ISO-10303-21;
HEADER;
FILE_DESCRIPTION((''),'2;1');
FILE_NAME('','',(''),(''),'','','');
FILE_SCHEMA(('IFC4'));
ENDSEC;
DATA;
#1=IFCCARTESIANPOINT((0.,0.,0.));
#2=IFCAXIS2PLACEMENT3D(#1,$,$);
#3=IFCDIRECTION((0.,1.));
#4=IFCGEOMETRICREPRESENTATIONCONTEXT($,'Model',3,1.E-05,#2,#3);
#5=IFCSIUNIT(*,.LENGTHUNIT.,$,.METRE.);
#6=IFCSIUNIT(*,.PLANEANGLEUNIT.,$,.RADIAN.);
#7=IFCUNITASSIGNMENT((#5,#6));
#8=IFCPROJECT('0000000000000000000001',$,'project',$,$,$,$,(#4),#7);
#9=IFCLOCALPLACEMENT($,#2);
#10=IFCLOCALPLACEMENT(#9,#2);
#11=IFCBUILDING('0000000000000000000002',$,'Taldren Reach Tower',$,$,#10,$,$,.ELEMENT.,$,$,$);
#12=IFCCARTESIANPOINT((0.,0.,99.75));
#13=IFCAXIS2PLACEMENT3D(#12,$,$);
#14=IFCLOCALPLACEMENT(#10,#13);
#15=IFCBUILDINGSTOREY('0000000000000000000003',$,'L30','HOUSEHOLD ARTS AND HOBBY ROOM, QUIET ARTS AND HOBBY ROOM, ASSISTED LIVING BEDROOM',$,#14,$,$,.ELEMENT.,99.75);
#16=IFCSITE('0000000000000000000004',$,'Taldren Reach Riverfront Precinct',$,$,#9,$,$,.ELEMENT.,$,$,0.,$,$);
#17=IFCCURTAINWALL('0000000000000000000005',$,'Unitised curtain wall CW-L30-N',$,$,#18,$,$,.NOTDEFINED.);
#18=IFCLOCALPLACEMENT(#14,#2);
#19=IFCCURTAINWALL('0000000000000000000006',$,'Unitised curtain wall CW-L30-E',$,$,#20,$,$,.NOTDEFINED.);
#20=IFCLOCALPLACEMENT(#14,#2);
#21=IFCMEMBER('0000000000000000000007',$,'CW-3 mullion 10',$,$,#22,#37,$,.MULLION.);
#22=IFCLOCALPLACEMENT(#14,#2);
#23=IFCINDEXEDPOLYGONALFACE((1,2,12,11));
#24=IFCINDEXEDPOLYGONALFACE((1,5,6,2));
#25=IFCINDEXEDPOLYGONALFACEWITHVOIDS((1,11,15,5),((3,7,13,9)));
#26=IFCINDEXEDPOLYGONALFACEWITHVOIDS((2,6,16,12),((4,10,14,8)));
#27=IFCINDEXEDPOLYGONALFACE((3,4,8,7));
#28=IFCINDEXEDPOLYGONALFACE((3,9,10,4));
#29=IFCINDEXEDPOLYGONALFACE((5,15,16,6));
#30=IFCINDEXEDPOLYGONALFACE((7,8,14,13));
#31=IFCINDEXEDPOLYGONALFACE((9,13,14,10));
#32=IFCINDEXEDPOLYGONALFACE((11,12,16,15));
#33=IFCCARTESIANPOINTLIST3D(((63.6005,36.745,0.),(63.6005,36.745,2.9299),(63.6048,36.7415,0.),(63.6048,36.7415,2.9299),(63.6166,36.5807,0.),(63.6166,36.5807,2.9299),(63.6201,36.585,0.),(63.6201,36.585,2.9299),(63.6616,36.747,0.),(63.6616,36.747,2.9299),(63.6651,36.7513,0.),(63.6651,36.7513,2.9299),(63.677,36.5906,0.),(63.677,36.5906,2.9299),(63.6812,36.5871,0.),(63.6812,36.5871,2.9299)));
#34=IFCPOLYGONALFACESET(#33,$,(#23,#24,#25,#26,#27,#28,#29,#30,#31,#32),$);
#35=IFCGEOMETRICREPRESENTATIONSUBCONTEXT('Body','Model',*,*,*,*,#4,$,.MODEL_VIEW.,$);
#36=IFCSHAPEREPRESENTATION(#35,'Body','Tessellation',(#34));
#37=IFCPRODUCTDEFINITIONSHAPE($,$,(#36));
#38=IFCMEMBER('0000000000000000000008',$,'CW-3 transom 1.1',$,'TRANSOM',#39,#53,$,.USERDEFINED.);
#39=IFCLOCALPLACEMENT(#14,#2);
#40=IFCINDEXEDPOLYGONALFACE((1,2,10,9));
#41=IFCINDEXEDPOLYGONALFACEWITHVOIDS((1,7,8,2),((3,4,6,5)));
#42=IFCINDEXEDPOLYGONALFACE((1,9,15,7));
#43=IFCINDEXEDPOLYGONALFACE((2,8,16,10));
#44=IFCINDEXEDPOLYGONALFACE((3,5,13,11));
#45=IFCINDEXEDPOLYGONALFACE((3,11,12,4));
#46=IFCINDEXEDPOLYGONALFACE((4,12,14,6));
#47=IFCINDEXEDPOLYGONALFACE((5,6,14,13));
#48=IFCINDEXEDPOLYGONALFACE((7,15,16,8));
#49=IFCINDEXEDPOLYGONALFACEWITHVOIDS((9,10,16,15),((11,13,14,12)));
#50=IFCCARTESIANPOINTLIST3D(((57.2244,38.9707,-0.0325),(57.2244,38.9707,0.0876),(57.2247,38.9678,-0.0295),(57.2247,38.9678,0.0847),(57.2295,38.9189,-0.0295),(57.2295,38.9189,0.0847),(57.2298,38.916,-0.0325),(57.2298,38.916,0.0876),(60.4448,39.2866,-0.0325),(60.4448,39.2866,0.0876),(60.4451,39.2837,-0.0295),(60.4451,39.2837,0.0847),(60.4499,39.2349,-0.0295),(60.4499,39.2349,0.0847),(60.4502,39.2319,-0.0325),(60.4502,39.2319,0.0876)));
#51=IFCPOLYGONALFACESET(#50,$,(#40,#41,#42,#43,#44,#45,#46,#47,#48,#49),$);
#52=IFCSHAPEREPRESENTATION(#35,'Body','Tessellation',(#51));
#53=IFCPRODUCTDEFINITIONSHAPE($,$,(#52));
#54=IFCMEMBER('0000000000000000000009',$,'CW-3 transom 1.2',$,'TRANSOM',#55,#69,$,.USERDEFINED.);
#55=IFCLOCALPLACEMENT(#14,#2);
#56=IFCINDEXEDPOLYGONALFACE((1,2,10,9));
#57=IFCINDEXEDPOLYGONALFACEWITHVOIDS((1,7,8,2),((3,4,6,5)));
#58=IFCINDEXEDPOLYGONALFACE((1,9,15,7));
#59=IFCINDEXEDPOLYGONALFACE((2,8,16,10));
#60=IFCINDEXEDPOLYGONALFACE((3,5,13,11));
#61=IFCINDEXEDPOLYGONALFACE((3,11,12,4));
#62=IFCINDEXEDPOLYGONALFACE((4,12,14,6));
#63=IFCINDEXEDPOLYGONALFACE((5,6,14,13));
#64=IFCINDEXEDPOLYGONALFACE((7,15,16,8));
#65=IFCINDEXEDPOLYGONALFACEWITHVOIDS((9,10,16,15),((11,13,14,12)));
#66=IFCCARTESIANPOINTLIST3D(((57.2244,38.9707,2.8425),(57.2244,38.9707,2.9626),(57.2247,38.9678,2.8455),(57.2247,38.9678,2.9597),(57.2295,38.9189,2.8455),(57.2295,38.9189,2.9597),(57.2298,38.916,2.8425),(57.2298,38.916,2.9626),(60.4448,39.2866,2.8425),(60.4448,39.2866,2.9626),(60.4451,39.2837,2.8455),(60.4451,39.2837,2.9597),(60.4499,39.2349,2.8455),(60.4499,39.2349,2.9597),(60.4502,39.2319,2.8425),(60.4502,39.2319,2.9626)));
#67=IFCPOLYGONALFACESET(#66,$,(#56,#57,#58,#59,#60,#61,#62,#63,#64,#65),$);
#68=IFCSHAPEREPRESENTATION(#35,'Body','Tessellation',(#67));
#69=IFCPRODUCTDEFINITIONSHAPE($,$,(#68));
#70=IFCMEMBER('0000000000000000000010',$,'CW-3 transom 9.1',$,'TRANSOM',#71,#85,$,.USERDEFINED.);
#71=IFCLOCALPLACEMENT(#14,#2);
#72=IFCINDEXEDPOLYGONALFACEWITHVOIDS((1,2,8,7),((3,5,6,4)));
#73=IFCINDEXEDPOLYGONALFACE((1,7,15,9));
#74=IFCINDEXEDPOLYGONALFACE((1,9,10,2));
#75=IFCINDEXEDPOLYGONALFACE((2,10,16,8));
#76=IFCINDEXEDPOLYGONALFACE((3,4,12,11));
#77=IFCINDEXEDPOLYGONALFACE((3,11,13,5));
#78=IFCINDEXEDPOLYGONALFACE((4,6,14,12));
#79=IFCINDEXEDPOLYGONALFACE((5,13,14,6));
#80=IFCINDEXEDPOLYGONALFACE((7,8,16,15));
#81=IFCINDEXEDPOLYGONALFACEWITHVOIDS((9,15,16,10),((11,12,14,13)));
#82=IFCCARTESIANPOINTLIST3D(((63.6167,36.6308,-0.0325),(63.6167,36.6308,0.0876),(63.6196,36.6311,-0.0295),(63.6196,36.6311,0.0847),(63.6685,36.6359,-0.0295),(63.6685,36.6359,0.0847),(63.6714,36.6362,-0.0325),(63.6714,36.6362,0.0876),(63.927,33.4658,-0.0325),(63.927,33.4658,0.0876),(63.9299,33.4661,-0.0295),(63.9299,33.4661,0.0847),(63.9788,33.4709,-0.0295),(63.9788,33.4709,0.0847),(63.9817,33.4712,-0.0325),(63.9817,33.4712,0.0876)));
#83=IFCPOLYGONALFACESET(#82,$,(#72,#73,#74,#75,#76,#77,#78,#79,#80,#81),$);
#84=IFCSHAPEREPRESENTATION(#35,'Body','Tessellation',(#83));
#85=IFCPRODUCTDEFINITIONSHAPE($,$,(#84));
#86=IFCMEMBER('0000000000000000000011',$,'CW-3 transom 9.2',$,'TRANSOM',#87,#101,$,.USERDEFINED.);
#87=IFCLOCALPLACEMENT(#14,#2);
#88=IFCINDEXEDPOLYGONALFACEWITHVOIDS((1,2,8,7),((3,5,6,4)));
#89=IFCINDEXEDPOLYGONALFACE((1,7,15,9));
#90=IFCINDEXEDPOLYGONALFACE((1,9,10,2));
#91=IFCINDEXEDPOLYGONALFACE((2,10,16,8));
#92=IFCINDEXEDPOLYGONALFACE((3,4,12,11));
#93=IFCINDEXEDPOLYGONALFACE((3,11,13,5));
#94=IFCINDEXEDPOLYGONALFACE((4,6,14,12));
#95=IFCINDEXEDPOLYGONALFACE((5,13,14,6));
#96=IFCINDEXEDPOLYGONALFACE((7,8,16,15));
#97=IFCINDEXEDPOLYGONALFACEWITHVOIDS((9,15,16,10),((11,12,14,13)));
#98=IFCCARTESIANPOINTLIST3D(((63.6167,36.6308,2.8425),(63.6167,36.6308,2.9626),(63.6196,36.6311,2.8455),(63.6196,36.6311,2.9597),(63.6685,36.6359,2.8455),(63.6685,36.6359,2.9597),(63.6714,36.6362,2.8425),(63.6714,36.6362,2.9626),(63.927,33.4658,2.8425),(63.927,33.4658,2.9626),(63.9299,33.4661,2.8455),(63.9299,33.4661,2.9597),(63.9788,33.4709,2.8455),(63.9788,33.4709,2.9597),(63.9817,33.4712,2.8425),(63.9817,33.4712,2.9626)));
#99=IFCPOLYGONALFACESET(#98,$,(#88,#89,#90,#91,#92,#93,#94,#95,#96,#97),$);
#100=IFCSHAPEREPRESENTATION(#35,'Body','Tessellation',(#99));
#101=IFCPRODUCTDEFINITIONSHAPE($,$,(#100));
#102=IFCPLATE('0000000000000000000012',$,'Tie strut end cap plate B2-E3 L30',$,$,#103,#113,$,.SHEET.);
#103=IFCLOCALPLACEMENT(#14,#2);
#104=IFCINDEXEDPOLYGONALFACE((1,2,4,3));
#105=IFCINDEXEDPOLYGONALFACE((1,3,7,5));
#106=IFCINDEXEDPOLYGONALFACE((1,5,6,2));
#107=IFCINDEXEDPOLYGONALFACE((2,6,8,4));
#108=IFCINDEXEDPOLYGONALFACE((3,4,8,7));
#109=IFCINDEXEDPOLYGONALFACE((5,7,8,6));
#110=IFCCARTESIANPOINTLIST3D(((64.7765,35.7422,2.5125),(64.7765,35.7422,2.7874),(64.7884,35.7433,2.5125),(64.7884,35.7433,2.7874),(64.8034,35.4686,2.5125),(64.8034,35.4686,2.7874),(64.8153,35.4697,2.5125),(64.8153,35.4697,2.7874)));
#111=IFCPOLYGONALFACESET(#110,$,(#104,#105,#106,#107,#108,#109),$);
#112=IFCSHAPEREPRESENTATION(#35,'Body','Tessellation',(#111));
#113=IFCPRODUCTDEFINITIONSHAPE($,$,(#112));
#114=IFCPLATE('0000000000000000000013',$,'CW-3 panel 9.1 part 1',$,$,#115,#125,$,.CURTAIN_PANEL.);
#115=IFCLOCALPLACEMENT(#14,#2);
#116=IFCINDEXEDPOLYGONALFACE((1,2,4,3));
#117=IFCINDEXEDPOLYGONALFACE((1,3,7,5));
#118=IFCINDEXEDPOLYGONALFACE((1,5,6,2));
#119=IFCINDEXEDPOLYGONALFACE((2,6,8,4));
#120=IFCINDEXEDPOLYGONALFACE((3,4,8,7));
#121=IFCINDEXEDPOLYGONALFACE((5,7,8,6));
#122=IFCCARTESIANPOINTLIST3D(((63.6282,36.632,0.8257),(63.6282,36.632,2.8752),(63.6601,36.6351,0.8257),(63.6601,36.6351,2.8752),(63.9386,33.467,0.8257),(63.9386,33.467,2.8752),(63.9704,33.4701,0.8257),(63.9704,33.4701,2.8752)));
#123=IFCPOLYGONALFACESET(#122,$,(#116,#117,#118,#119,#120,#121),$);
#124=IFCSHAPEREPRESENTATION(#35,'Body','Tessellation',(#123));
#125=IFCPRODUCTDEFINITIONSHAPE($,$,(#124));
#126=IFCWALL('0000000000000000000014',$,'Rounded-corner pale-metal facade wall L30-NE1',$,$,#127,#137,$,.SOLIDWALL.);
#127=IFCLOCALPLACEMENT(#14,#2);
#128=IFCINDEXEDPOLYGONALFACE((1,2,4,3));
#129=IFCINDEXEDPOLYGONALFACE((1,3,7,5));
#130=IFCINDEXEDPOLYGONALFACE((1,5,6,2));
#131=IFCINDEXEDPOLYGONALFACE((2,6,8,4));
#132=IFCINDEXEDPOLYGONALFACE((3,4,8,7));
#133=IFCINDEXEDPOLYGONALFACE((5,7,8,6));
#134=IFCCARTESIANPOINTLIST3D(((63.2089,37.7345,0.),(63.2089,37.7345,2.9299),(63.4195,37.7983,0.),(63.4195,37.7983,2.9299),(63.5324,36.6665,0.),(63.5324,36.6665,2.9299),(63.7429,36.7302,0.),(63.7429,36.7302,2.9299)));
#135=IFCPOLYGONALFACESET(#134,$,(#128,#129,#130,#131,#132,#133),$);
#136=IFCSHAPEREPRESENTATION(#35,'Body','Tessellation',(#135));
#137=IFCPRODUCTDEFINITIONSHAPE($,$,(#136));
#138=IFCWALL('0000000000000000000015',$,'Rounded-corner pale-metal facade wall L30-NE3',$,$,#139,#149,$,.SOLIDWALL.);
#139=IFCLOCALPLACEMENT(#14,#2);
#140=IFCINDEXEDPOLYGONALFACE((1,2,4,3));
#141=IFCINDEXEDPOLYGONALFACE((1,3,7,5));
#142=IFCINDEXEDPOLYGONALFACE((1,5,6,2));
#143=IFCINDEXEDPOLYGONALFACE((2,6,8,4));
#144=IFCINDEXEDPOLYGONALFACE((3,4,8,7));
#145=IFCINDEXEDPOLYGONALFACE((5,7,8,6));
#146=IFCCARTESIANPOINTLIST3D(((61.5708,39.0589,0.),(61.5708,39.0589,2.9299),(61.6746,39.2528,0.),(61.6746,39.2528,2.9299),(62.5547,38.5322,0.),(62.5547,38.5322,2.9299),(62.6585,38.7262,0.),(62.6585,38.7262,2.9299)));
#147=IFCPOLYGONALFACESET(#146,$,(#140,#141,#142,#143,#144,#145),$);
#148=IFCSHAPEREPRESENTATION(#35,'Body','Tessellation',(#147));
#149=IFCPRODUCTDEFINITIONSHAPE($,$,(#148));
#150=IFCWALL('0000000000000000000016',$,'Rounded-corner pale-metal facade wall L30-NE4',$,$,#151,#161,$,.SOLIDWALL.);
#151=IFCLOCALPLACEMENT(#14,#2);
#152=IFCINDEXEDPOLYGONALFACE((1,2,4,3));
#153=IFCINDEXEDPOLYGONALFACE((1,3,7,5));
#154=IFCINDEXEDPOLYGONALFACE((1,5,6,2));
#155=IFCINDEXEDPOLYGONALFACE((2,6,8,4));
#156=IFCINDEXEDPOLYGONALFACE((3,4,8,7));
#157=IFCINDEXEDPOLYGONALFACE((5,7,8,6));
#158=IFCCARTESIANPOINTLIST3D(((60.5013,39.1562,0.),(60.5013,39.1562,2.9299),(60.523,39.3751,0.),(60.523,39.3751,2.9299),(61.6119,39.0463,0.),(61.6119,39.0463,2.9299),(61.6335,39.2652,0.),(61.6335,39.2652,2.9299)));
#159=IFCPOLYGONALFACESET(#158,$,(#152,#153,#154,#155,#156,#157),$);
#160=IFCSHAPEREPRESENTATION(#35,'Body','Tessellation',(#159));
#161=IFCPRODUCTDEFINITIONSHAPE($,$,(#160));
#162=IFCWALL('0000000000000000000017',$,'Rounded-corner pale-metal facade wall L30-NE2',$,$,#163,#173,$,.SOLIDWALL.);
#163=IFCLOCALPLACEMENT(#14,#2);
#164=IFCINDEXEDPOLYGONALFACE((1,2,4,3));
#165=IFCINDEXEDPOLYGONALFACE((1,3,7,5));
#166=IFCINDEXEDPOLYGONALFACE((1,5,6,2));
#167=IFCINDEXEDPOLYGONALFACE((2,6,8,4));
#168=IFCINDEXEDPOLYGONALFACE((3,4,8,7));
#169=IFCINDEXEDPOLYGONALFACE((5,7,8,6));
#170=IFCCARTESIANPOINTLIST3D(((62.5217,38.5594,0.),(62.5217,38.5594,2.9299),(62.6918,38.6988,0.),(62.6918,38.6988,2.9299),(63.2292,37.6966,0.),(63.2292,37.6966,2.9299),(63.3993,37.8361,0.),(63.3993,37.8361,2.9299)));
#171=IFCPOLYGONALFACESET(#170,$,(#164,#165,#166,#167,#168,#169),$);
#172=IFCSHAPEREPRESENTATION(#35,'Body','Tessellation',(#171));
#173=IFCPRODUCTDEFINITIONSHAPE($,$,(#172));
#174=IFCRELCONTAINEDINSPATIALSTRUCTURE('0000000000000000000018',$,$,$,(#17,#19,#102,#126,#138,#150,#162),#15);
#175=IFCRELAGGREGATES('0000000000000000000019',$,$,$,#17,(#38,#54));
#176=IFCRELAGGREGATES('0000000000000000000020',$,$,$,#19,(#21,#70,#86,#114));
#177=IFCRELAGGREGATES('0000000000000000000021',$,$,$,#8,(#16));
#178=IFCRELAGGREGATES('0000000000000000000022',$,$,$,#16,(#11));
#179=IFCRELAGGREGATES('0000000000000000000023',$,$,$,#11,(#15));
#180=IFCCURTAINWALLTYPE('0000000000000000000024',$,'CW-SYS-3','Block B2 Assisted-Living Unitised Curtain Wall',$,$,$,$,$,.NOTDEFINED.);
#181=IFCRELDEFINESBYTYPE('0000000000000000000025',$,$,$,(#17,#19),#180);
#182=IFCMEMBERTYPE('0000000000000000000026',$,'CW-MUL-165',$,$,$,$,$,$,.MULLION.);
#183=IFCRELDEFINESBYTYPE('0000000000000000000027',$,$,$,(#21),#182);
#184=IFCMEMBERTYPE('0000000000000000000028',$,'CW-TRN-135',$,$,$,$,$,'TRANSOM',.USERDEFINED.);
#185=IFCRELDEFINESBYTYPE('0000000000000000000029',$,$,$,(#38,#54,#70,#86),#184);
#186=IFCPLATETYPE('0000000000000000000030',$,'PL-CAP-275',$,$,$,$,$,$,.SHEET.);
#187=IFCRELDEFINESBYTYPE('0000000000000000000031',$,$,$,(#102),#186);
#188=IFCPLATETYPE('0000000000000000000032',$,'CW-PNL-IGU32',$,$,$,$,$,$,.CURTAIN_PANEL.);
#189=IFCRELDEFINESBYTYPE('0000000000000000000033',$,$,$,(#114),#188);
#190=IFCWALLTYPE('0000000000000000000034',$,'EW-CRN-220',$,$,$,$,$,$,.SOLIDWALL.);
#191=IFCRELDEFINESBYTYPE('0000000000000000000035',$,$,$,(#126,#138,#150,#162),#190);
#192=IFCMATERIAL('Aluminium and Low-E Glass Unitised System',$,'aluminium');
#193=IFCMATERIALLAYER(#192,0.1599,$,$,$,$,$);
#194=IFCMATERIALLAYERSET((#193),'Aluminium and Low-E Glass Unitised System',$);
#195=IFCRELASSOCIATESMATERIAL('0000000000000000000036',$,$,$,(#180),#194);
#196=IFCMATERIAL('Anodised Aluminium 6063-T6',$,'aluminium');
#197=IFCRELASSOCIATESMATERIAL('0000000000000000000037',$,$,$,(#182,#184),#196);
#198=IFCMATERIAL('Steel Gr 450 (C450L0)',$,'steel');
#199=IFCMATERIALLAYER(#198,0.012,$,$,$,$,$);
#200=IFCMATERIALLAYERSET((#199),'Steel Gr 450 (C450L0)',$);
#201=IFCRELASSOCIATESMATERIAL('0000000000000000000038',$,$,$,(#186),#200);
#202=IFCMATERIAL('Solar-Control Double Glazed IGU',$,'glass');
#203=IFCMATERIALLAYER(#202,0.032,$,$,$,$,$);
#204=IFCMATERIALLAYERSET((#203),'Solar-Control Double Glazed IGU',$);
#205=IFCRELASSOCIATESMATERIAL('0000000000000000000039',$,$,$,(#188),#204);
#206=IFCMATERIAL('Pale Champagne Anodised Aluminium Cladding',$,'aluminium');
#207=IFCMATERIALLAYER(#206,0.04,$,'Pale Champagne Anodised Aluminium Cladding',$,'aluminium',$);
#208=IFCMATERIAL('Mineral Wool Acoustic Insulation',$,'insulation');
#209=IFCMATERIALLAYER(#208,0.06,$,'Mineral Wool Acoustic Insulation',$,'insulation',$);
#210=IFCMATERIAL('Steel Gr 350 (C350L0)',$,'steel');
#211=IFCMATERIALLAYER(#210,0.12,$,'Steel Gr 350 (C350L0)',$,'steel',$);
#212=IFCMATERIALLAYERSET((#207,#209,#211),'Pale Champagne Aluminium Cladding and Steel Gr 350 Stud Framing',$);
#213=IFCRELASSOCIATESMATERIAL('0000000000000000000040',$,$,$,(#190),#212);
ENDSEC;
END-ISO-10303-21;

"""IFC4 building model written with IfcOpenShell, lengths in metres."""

from ifc_helpers import new_model, si_unit, direction, frame, frame_2d, origin, origin_2d, place, context, subcontext, project, spatial, rectangle, hollow_rectangle, extrude, source, transform, mapped, material, layer, layer_set, material_profile, profile_set, type_object, element, aggregate, save


model = new_model("IFC4")

# Units and contexts
model_context = context("Model", 3, precision=1e-05, world=origin(), true_north=direction((0.0, 1.0)))
body_context = subcontext(model_context, "Body", "Model", "MODEL_VIEW")
ifc_project = project(units=[si_unit("LENGTHUNIT", "METRE"), si_unit("PLANEANGLEUNIT", "RADIAN")], contexts=[model_context])

# Site, building, storey
site_placement = place(None, origin())
site = spatial("IfcSite", under=ifc_project, at=site_placement, Name="Taldren Reach Riverfront Precinct", CompositionType="ELEMENT", RefElevation=0.0)
building_placement = place(site_placement, origin())
building = spatial("IfcBuilding", under=site, at=building_placement, Name="Taldren Reach Tower", CompositionType="ELEMENT")
storey_placement = place(building_placement, frame((0.0, 0.0, 99.75)))
storey = spatial("IfcBuildingStorey", under=building, at=storey_placement, Name="L30", Description="HOUSEHOLD ARTS AND HOBBY ROOM, QUIET ARTS AND HOBBY ROOM, ASSISTED LIVING BEDROOM", CompositionType="ELEMENT", Elevation=99.75)

# Shared definitions
ifc_material_1 = material(Name="Steel Gr 450 (C450L0)", Category="steel")
ifc_material_2 = material(Name="Steel Gr 350 (C350L0)", Category="steel")

# Curtain walls, member
ifc_material_3 = material(Name="Aluminium and Low-E Glass Unitised System", Category="aluminium")
ifc_layer_1 = layer(ifc_material_3, 0.1599)
ifc_layer_set_1 = layer_set([ifc_layer_1], Name="Aluminium and Low-E Glass Unitised System")
curtain_wall_type = type_object("IfcCurtainWallType", Name="CW-SYS-3", Description="Block B2 Assisted-Living Unitised Curtain Wall", PredefinedType="NOTDEFINED", material=ifc_layer_set_1)
curtain_wall_1_placement = place(storey_placement, origin())
curtain_wall_1 = element("IfcCurtainWall", 1, at=curtain_wall_1_placement, inside=storey, type_object=curtain_wall_type, Name="Unitised curtain wall CW-L30-N", PredefinedType="NOTDEFINED")
ifc_material_4 = material(Name="Anodised Aluminium 6063-T6", Category="aluminium")
ifc_material_profile_1 = material_profile(ifc_material_4, hollow_rectangle(XDim=0.0649, YDim=0.165, WallThickness=0.0039, at=origin_2d()), Name="ALU-165x65x4RHS")
ifc_profile_set_1 = profile_set([ifc_material_profile_1], Name="Anodised Aluminium 6063-T6")
member_type_1 = type_object("IfcMemberType", Name="CW-MUL-165", PredefinedType="MULLION", material=ifc_profile_set_1)
shared_shape_1 = source(origin(), body_context, "Body", "SweptSolid", [
    extrude(hollow_rectangle(XDim=0.0649, YDim=0.165, WallThickness=0.0039, at=origin_2d()), origin(), (0.0, 0.0, 1.0), 2.9299),
])
curtain_wall_2_placement = place(storey_placement, origin())
curtain_wall_2 = element("IfcCurtainWall", 2, at=curtain_wall_2_placement, inside=storey, type_object=curtain_wall_type, Name="Unitised curtain wall CW-L30-E", PredefinedType="NOTDEFINED")
member_1_placement = place(storey_placement, frame((63.6409, 36.666, 0.0), z_axis=(0.0, 0.0, 1.0), x_axis=(-0.995227, -0.097583, 0.0)))
member_1 = element("IfcMember", 3, at=member_1_placement, type_object=member_type_1, Name="CW-3 mullion 10", PredefinedType="MULLION", context=body_context, shape_type="MappedRepresentation", body=[
    mapped(shared_shape_1, transform((0.0, 0.0, 0.0), scale=1.0)),
])

# Members
ifc_material_profile_2 = material_profile(ifc_material_4, hollow_rectangle(XDim=0.0549, YDim=0.1201, WallThickness=0.0029, at=origin_2d()), Name="ALU-120x55x3RHS")
ifc_profile_set_2 = profile_set([ifc_material_profile_2], Name="Anodised Aluminium 6063-T6")
member_type_2 = type_object("IfcMemberType", Name="CW-TRN-135", ElementType="TRANSOM", PredefinedType="USERDEFINED", material=ifc_profile_set_2)
shared_shape_2 = source(origin(), body_context, "Body", "SweptSolid", [
    extrude(hollow_rectangle(XDim=0.0549, YDim=0.1201, WallThickness=0.0029, at=origin_2d()), origin(), (0.0, 0.0, 1.0), 3.2358),
])
member_2_placement = place(storey_placement, frame((60.4475, 39.2593, 0.0276), z_axis=(-0.995223, -0.097629, 0.0), x_axis=(0.097629, -0.995223, 0.0)))
member_2 = element("IfcMember", 4, at=member_2_placement, type_object=member_type_2, Name="CW-3 transom 1.1", ObjectType="TRANSOM", PredefinedType="USERDEFINED", context=body_context, shape_type="MappedRepresentation", body=[
    mapped(shared_shape_2, transform((0.0, 0.0, 0.0), scale=1.0)),
])
member_3_placement = place(storey_placement, frame((60.4475, 39.2593, 2.9026), z_axis=(-0.995223, -0.097629, 0.0), x_axis=(0.097629, -0.995223, 0.0)))
member_3 = element("IfcMember", 5, at=member_3_placement, type_object=member_type_2, Name="CW-3 transom 1.2", ObjectType="TRANSOM", PredefinedType="USERDEFINED", context=body_context, shape_type="MappedRepresentation", body=[
    mapped(shared_shape_2, transform((0.0, 0.0, 0.0), scale=1.0)),
])
aggregate(curtain_wall_1, [member_2, member_3])
shared_shape_3 = source(origin(), body_context, "Body", "SweptSolid", [
    extrude(hollow_rectangle(XDim=0.0549, YDim=0.1201, WallThickness=0.0029, at=origin_2d()), origin(), (0.0, 0.0, 1.0), 3.1802),
])
member_4_placement = place(storey_placement, frame((63.9543, 33.4685, 0.0276), z_axis=(-0.097573, 0.995228, 0.0), x_axis=(-0.995228, -0.097573, 0.0)))
member_4 = element("IfcMember", 6, at=member_4_placement, type_object=member_type_2, Name="CW-3 transom 9.1", ObjectType="TRANSOM", PredefinedType="USERDEFINED", context=body_context, shape_type="MappedRepresentation", body=[
    mapped(shared_shape_3, transform((0.0, 0.0, 0.0), scale=1.0)),
])
member_5_placement = place(storey_placement, frame((63.9543, 33.4685, 2.9026), z_axis=(-0.097573, 0.995228, 0.0), x_axis=(-0.995228, -0.097573, 0.0)))
member_5 = element("IfcMember", 7, at=member_5_placement, type_object=member_type_2, Name="CW-3 transom 9.2", ObjectType="TRANSOM", PredefinedType="USERDEFINED", context=body_context, shape_type="MappedRepresentation", body=[
    mapped(shared_shape_3, transform((0.0, 0.0, 0.0), scale=1.0)),
])

# Plates
ifc_layer_2 = layer(ifc_material_1, 0.012)
ifc_layer_set_2 = layer_set([ifc_layer_2], Name="Steel Gr 450 (C450L0)")
plate_type_1 = type_object("IfcPlateType", Name="PL-CAP-275", PredefinedType="SHEET", material=ifc_layer_set_2)
shared_shape_4 = source(origin(), body_context, "Body", "SweptSolid", [
    extrude(rectangle(XDim=0.012, YDim=0.2749, at=origin_2d()), origin(), (0.0, 0.0, 1.0), 0.2749),
])
plate_1_placement = place(storey_placement, frame((64.7959, 35.606, 2.5125), z_axis=(0.0, 0.0, 1.0), x_axis=(0.995227, 0.097583, 0.0)))
element("IfcPlate", 8, at=plate_1_placement, inside=storey, type_object=plate_type_1, Name="Tie strut end cap plate B2-E3 L30", PredefinedType="SHEET", context=body_context, shape_type="MappedRepresentation", body=[
    mapped(shared_shape_4, transform((0.0, 0.0, 0.0), scale=1.0)),
])
ifc_material_5 = material(Name="Solar-Control Double Glazed IGU", Category="glass")
ifc_layer_3 = layer(ifc_material_5, 0.032)
ifc_layer_set_3 = layer_set([ifc_layer_3], Name="Solar-Control Double Glazed IGU")
plate_type_2 = type_object("IfcPlateType", Name="CW-PNL-IGU32", PredefinedType="CURTAIN_PANEL", material=ifc_layer_set_3)
shared_shape_5 = source(origin(), body_context, "Body", "SweptSolid", [
    extrude(rectangle(XDim=3.1802, YDim=0.032, at=origin_2d()), origin(), (0.0, 0.0, 1.0), 2.0496),
])
plate_2_placement = place(storey_placement, frame((63.7993, 35.051, 0.8257), z_axis=(0.0, 0.0, 1.0), x_axis=(-0.097583, 0.995227, 0.0)))
plate_2 = element("IfcPlate", 9, at=plate_2_placement, type_object=plate_type_2, Name="CW-3 panel 9.1 part 1", PredefinedType="CURTAIN_PANEL", context=body_context, shape_type="MappedRepresentation", body=[
    mapped(shared_shape_5, transform((0.0, 0.0, 0.0), scale=1.0)),
])
aggregate(curtain_wall_2, [member_1, member_4, member_5, plate_2])

# Walls
ifc_material_6 = material(Name="Pale Champagne Anodised Aluminium Cladding", Category="aluminium")
ifc_layer_4 = layer(ifc_material_6, 0.04, Name="Pale Champagne Anodised Aluminium Cladding", Category="aluminium")
ifc_material_7 = material(Name="Mineral Wool Acoustic Insulation", Category="insulation")
ifc_layer_5 = layer(ifc_material_7, 0.06, Name="Mineral Wool Acoustic Insulation", Category="insulation")
ifc_layer_6 = layer(ifc_material_2, 0.12, Name="Steel Gr 350 (C350L0)", Category="steel")
ifc_layer_set_4 = layer_set([ifc_layer_4, ifc_layer_5, ifc_layer_6], Name="Pale Champagne Aluminium Cladding and Steel Gr 350 Stud Framing")
wall_type = type_object("IfcWallType", Name="EW-CRN-220", PredefinedType="SOLIDWALL", material=ifc_layer_set_4)
shared_shape_6 = source(origin(), body_context, "Body", "SweptSolid", [
    extrude(rectangle(XDim=1.116, YDim=0.22, at=frame_2d((0.5581, 0.0))), origin(), (0.0, 0.0, 1.0), 2.9299),
])
for number, where, z_axis, x_axis, name in (
    (10, (63.6377, 36.6982, 0.0), (0.0, 0.0, 1.0), (-0.289856, 0.95707, 0.0), "Rounded-corner pale-metal facade wall L30-NE1"),
    (11, (62.6067, 38.6292, 0.0), (0.0, 0.0, 1.0), (-0.881656, 0.471894, 0.0), "Rounded-corner pale-metal facade wall L30-NE3"),
    (12, (61.6228, 39.1558, 0.0), (0.0, 0.0, 1.0), (-0.995143, 0.098442, 0.0), "Rounded-corner pale-metal facade wall L30-NE4"),
):
    element("IfcWall", number, at=place(storey_placement, frame(where, z_axis=z_axis, x_axis=x_axis)), inside=storey, type_object=wall_type, Name=name, PredefinedType="SOLIDWALL", context=body_context, shape_type="MappedRepresentation", body=[
        mapped(shared_shape_6, transform((0.0, 0.0, 0.0), scale=1.0)),
    ])
shared_shape_7 = source(origin(), body_context, "Body", "SweptSolid", [
    extrude(rectangle(XDim=1.1157, YDim=0.22, at=frame_2d((0.5579, 0.0))), origin(), (0.0, 0.0, 1.0), 2.9299),
])
wall_placement = place(storey_placement, frame((63.3142, 37.7664, 0.0), z_axis=(0.0, 0.0, 1.0), x_axis=(-0.634095, 0.773255, 0.0)))
element("IfcWall", 13, at=wall_placement, inside=storey, type_object=wall_type, Name="Rounded-corner pale-metal facade wall L30-NE2", PredefinedType="SOLIDWALL", context=body_context, shape_type="MappedRepresentation", body=[
    mapped(shared_shape_7, transform((0.0, 0.0, 0.0), scale=1.0)),
])

save(model, "model.ifc")
